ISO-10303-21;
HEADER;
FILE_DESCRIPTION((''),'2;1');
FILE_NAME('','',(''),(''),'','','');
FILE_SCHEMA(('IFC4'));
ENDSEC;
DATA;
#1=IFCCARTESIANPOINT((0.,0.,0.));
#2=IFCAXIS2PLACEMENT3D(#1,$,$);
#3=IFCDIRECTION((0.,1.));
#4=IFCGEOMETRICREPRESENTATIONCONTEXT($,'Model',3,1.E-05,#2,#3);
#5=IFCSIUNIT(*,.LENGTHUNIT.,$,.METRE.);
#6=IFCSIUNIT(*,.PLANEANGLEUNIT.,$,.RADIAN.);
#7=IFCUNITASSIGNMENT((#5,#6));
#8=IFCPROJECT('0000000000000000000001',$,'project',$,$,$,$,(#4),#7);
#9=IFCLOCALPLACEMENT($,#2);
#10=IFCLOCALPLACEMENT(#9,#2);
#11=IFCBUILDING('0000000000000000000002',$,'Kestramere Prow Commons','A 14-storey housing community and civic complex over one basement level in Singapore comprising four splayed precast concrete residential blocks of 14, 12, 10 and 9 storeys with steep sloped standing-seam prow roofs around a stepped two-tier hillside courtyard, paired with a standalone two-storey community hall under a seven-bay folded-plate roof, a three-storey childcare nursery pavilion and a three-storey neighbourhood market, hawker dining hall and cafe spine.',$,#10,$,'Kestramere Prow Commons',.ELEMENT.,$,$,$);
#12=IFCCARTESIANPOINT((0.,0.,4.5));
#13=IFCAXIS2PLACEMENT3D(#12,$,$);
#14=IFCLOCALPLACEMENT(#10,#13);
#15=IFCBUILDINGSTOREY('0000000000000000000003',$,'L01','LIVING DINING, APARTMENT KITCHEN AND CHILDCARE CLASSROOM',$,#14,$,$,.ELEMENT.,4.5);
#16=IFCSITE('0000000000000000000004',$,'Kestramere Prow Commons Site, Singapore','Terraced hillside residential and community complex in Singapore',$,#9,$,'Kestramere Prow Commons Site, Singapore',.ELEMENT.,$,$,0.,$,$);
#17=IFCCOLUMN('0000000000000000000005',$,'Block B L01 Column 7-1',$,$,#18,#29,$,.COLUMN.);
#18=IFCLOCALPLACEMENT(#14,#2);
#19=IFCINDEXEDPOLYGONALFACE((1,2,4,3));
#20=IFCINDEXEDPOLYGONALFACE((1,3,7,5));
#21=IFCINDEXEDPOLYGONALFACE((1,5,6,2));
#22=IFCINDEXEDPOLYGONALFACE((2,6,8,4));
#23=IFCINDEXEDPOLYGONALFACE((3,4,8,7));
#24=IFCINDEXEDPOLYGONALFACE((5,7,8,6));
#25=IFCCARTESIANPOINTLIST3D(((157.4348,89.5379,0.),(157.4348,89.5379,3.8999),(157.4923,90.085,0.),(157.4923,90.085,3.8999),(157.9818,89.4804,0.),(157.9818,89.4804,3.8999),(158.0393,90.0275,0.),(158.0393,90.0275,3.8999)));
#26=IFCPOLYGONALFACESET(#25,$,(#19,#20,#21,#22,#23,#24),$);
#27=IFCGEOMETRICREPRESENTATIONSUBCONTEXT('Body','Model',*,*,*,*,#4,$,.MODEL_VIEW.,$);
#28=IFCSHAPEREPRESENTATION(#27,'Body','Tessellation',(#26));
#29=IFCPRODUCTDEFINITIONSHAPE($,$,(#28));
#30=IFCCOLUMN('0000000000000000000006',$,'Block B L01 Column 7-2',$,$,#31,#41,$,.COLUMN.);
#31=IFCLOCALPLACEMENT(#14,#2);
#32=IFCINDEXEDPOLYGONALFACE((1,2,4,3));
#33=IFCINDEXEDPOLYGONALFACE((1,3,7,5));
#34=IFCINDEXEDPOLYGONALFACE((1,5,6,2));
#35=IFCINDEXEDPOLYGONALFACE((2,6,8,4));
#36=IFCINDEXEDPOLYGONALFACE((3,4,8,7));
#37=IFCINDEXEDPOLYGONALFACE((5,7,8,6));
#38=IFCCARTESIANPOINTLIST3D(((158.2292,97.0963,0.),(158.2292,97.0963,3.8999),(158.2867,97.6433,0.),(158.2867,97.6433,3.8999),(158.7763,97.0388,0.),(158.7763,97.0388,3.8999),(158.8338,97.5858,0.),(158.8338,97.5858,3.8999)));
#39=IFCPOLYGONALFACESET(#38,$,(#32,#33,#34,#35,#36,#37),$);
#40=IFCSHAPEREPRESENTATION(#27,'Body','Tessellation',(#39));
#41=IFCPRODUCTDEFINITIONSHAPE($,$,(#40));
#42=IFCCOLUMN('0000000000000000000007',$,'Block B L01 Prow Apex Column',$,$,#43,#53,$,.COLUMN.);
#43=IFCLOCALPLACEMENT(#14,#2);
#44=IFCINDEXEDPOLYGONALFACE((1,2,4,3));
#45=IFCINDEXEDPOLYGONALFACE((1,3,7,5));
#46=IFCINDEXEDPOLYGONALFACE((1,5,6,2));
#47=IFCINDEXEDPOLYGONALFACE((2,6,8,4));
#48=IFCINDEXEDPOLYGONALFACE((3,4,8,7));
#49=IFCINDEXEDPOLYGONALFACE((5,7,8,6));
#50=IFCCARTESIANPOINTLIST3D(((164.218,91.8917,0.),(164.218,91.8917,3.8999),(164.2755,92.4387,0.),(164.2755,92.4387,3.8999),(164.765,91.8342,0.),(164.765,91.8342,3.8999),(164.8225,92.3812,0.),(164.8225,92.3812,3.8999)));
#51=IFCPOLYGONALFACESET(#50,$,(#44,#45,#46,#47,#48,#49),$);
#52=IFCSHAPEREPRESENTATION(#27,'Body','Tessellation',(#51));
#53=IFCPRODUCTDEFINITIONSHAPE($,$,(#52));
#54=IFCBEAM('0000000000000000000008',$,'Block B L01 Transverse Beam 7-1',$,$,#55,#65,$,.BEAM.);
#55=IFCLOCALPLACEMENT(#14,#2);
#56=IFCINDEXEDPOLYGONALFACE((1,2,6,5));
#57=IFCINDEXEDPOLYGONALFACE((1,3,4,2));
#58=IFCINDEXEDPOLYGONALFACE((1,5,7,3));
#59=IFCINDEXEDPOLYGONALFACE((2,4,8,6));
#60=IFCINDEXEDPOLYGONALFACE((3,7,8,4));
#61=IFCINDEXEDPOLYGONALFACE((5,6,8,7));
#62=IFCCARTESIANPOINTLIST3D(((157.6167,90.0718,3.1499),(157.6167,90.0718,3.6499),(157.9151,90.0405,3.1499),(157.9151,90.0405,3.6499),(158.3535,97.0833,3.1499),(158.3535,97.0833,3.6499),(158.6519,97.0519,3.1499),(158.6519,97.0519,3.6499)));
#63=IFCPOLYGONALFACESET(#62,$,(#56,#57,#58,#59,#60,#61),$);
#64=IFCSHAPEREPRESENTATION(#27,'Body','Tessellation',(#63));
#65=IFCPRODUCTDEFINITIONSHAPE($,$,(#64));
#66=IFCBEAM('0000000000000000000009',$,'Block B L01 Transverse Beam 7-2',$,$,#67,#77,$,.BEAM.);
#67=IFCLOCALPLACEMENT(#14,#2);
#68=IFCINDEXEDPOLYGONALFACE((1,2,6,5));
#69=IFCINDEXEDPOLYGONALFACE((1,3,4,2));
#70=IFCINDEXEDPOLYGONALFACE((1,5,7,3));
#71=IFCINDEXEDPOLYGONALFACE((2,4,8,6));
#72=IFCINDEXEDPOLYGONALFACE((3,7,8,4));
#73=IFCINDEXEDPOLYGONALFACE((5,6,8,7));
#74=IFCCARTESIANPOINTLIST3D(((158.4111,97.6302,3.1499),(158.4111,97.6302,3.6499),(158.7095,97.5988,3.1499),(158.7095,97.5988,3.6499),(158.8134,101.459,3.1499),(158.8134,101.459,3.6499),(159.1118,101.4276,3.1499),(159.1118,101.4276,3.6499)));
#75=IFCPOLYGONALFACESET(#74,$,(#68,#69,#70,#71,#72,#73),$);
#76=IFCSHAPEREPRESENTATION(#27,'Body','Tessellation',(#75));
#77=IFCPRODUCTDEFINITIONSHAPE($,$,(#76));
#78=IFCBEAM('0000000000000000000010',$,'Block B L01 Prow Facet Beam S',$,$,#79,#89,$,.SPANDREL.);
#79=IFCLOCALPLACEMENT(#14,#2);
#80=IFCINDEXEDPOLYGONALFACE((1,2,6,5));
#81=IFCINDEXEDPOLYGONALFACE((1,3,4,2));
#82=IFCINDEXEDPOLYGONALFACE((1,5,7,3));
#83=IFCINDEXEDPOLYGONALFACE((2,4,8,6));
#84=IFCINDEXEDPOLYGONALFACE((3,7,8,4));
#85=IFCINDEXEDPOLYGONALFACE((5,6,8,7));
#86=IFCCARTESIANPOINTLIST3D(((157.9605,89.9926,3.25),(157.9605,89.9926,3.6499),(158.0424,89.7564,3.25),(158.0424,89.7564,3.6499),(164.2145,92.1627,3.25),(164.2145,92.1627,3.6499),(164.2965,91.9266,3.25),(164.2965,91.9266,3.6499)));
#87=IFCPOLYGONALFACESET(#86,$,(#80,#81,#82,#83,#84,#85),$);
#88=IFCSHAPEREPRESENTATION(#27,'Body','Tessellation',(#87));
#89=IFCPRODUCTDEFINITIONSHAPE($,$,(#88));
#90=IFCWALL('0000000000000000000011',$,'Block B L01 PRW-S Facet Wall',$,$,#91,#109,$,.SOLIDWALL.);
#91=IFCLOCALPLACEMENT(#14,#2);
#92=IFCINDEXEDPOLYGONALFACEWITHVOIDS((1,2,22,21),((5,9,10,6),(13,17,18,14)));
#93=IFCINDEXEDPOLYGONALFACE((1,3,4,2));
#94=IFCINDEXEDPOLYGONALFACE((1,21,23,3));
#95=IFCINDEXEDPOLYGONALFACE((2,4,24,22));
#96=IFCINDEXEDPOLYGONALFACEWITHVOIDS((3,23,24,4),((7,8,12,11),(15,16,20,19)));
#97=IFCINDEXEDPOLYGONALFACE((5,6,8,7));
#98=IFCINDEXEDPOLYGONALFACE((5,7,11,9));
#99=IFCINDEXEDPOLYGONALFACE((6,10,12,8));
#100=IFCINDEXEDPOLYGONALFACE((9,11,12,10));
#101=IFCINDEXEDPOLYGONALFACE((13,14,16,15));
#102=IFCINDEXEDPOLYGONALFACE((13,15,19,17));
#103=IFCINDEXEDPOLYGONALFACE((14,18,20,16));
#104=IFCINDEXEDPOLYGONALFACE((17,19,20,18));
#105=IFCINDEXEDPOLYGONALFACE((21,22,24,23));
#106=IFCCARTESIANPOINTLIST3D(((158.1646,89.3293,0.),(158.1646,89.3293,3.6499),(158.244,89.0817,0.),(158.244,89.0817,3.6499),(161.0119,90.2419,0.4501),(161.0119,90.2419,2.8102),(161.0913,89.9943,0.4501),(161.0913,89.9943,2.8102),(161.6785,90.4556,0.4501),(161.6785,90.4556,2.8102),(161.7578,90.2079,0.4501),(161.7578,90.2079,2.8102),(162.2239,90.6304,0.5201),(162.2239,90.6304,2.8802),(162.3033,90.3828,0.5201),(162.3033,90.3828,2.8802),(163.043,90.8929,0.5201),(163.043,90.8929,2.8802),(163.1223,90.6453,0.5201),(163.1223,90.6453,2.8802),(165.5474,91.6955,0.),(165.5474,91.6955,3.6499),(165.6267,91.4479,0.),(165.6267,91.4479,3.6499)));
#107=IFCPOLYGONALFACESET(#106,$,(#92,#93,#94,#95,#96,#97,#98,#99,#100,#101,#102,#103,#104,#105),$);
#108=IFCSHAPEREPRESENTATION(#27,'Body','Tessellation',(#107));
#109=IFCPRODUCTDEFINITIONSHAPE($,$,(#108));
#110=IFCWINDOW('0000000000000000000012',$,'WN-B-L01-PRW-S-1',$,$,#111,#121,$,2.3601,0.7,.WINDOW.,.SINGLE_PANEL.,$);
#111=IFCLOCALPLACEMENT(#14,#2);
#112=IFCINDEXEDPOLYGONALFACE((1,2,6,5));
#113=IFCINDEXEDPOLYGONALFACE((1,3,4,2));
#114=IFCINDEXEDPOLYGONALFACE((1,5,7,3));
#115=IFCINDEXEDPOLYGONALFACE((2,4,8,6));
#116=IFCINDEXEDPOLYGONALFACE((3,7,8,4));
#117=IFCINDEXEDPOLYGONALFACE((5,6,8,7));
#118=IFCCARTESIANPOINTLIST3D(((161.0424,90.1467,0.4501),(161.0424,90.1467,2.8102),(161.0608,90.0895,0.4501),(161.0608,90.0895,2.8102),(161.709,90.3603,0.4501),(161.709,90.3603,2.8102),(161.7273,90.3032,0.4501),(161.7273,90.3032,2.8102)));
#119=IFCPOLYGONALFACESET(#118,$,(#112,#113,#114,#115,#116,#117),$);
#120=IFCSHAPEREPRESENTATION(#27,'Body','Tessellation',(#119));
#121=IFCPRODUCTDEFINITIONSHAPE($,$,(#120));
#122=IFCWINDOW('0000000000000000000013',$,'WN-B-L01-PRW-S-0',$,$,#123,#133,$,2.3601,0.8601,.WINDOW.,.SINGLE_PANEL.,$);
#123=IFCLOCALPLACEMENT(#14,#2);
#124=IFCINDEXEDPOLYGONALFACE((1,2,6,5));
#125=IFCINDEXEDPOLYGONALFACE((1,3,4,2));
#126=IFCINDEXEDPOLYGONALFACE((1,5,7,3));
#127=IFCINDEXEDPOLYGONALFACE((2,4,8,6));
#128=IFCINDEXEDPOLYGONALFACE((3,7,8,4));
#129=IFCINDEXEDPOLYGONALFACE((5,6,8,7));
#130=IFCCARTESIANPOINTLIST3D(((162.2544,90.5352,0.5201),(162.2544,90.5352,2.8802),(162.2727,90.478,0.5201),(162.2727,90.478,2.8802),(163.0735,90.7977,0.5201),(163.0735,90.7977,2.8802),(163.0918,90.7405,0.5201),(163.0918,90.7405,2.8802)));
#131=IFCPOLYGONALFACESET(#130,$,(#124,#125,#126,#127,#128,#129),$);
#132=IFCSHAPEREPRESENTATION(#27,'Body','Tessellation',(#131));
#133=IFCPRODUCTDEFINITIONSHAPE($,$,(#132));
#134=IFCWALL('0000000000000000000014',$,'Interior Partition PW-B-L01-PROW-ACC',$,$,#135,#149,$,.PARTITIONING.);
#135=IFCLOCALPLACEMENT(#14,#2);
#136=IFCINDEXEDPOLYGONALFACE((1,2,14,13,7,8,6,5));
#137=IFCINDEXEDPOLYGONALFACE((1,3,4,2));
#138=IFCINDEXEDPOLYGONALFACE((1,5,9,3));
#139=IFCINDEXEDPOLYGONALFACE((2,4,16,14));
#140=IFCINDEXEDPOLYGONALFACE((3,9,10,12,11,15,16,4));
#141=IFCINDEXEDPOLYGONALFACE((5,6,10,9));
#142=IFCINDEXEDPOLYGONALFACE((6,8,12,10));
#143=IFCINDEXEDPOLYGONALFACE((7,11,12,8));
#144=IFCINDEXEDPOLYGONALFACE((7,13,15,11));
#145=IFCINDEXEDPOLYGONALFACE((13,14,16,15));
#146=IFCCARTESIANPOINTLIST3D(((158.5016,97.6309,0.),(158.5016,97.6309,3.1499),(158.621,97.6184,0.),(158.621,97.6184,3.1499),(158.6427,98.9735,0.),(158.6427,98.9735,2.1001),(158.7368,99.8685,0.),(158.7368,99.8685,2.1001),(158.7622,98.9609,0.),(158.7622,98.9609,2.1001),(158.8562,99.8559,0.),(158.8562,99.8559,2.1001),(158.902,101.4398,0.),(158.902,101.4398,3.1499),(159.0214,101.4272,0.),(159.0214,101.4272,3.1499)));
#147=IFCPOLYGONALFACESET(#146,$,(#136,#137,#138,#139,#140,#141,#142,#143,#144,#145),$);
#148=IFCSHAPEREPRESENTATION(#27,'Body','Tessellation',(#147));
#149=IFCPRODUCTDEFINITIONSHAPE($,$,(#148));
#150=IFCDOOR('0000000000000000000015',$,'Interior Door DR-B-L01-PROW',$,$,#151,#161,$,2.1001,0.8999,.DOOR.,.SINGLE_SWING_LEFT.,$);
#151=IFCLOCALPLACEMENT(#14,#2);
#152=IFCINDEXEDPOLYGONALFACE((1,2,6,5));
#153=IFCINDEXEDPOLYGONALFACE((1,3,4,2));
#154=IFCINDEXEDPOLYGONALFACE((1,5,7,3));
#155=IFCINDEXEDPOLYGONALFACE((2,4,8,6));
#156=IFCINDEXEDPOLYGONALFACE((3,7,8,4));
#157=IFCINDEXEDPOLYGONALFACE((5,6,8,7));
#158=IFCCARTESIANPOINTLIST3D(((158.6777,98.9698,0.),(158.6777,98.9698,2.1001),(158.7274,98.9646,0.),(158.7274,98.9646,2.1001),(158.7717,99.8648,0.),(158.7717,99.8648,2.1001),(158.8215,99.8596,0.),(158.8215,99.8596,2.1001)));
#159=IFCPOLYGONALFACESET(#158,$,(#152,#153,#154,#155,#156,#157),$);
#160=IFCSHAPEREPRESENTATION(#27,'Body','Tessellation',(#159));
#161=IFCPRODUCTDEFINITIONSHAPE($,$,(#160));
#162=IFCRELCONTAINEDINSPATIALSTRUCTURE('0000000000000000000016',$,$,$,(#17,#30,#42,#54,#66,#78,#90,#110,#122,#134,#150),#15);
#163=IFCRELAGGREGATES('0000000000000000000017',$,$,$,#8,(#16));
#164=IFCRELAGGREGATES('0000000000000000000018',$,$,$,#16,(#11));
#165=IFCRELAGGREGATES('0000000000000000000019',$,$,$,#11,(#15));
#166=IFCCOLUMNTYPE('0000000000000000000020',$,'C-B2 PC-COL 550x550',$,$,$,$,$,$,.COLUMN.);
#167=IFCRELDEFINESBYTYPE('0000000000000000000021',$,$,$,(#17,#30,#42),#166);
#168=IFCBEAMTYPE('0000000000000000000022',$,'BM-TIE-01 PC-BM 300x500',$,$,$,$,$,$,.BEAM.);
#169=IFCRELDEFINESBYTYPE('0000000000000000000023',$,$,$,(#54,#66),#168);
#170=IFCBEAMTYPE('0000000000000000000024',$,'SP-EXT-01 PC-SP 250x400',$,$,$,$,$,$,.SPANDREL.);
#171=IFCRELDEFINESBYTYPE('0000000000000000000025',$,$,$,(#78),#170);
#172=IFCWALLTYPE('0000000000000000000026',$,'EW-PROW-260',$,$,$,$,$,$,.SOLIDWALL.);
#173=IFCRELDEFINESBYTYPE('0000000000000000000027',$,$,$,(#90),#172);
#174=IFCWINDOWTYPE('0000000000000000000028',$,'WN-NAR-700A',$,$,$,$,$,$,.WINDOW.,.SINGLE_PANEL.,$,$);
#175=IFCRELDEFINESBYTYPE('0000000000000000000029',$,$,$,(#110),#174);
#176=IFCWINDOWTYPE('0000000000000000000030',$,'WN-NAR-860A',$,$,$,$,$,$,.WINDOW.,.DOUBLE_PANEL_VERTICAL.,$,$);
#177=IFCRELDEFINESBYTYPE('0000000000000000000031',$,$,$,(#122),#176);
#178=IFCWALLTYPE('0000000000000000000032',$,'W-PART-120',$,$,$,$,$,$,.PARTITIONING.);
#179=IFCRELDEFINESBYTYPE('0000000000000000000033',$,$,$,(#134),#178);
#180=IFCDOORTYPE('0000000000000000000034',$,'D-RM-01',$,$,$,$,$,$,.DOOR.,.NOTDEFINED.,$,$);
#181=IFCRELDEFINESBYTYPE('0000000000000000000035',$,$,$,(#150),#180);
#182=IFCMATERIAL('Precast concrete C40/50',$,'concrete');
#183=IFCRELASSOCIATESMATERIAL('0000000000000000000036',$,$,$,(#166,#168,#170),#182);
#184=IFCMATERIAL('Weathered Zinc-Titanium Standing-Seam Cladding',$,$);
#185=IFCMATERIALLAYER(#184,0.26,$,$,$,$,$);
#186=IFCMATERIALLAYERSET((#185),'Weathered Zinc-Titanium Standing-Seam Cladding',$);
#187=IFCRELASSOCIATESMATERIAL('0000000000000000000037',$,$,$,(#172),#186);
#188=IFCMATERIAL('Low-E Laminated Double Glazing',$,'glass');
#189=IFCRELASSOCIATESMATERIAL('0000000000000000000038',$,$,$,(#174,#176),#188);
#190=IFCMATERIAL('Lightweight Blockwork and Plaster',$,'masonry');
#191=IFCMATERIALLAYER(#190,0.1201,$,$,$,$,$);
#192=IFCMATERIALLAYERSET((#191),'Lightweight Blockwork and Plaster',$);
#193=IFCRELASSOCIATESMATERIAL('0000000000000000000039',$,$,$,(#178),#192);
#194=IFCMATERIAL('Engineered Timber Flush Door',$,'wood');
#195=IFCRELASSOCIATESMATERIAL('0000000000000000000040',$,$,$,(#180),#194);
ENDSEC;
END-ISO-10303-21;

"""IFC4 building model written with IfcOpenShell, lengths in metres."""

from ifc_helpers import new_model, si_unit, direction, frame, frame_2d, origin, origin_2d, place, context, subcontext, project, spatial, rectangle, extrude, material, layer, layer_set, material_profile, profile_set, type_object, element, fill, save


model = new_model("IFC4")

# Units and contexts
model_context = context("Model", 3, precision=1e-05, world=origin(), true_north=direction((0.0, 1.0)))
body_context = subcontext(model_context, "Body", "Model", "MODEL_VIEW")
ifc_project = project(units=[si_unit("LENGTHUNIT", "METRE"), si_unit("PLANEANGLEUNIT", "RADIAN")], contexts=[model_context])

# Site, building, storey
site_placement = place(None, origin())
site = spatial("IfcSite", under=ifc_project, at=site_placement, Name="Kestramere Prow Commons Site, Singapore", Description="Terraced hillside residential and community complex in Singapore", LongName="Kestramere Prow Commons Site, Singapore", CompositionType="ELEMENT", RefElevation=0.0)
building_placement = place(site_placement, origin())
building = spatial("IfcBuilding", under=site, at=building_placement, Name="Kestramere Prow Commons", Description="A 14-storey housing community and civic complex over one basement level in Singapore comprising four splayed precast concrete residential blocks of 14, 12, 10 and 9 storeys with steep sloped standing-seam prow roofs around a stepped two-tier hillside courtyard, paired with a standalone two-storey community hall under a seven-bay folded-plate roof, a three-storey childcare nursery pavilion and a three-storey neighbourhood market, hawker dining hall and cafe spine.", LongName="Kestramere Prow Commons", CompositionType="ELEMENT")
storey_placement = place(building_placement, frame((0.0, 0.0, 4.5)))
storey = spatial("IfcBuildingStorey", under=building, at=storey_placement, Name="L01", Description="LIVING DINING, APARTMENT KITCHEN AND CHILDCARE CLASSROOM", CompositionType="ELEMENT", Elevation=4.5)

# Columns
ifc_material_1 = material(Name="Precast concrete C40/50", Category="concrete")
ifc_material_profile_1 = material_profile(ifc_material_1, rectangle(XDim=0.55, YDim=0.55, at=origin_2d()), Name="PC-COL 550x550")
ifc_profile_set_1 = profile_set([ifc_material_profile_1], Name="Precast concrete C40/50")
column_type = type_object("IfcColumnType", Name="C-B2 PC-COL 550x550", PredefinedType="COLUMN", material=ifc_profile_set_1)
for number, where, z_axis, x_axis, name in (
    (1, (157.7371, 89.7827, 0.0), (0.0, 0.0, 1.0), (0.994522, -0.104528, 0.0), "Block B L01 Column 7-1"),
    (2, (158.5315, 97.3411, 0.0), (0.0, 0.0, 1.0), (0.994522, -0.104528, 0.0), "Block B L01 Column 7-2"),
    (3, (164.5203, 92.1365, 0.0), (0.0, 0.0, 1.0), (0.994522, -0.104528, 0.0), "Block B L01 Prow Apex Column"),
):
    element("IfcColumn", number, at=place(storey_placement, frame(where, z_axis=z_axis, x_axis=x_axis)), inside=storey, type_object=column_type, Name=name, PredefinedType="COLUMN", context=body_context, shape_type="SweptSolid", body=[
        extrude(rectangle(XDim=0.55, YDim=0.55, at=origin_2d()), origin(), (0.0, 0.0, 1.0), 3.8999),
    ])

# Beams
ifc_material_profile_2 = material_profile(ifc_material_1, rectangle(XDim=0.3, YDim=0.5, at=origin_2d()), Name="PC-BM 300x500")
ifc_profile_set_2 = profile_set([ifc_material_profile_2], Name="Precast concrete C40/50")
beam_type_1 = type_object("IfcBeamType", Name="BM-TIE-01 PC-BM 300x500", PredefinedType="BEAM", material=ifc_profile_set_2)
beam_1_placement = place(storey_placement, frame((157.7659, 90.0562, 3.3999), z_axis=(0.104512, 0.994524, 0.0), x_axis=(-0.994524, 0.104512, 0.0)))
element("IfcBeam", 4, at=beam_1_placement, inside=storey, type_object=beam_type_1, Name="Block B L01 Transverse Beam 7-1", PredefinedType="BEAM", context=body_context, shape_type="SweptSolid", body=[
    extrude(rectangle(XDim=0.3, YDim=0.5, at=origin_2d()), origin(), (0.0, 0.0, 1.0), 7.05),
])
beam_2_placement = place(storey_placement, frame((158.5603, 97.6145, 3.3999), z_axis=(0.104507, 0.994524, 0.0), x_axis=(-0.994524, 0.104507, 0.0)))
element("IfcBeam", 5, at=beam_2_placement, inside=storey, type_object=beam_type_1, Name="Block B L01 Transverse Beam 7-2", PredefinedType="BEAM", context=body_context, shape_type="SweptSolid", body=[
    extrude(rectangle(XDim=0.3, YDim=0.5, at=origin_2d()), origin(), (0.0, 0.0, 1.0), 3.8499),
])
ifc_material_profile_3 = material_profile(ifc_material_1, rectangle(XDim=0.25, YDim=0.3999, at=origin_2d()), Name="PC-SP 250x400")
ifc_profile_set_3 = profile_set([ifc_material_profile_3], Name="Precast concrete C40/50")
beam_type_2 = type_object("IfcBeamType", Name="SP-EXT-01 PC-SP 250x400", PredefinedType="SPANDREL", material=ifc_profile_set_3)
beam_3_placement = place(storey_placement, frame((158.0015, 89.8745, 3.45), z_axis=(0.94474, 0.327821, 0.0), x_axis=(-0.327821, 0.94474, 0.0)))
element("IfcBeam", 6, at=beam_3_placement, inside=storey, type_object=beam_type_2, Name="Block B L01 Prow Facet Beam S", PredefinedType="SPANDREL", context=body_context, shape_type="SweptSolid", body=[
    extrude(rectangle(XDim=0.25, YDim=0.3999, at=origin_2d()), origin(), (0.0, 0.0, 1.0), 6.6199),
])

# Wall, openings, windows
ifc_material_2 = material(Name="Weathered Zinc-Titanium Standing-Seam Cladding")
ifc_layer_1 = layer(ifc_material_2, 0.26)
ifc_layer_set_1 = layer_set([ifc_layer_1], Name="Weathered Zinc-Titanium Standing-Seam Cladding")
wall_type_1 = type_object("IfcWallType", Name="EW-PROW-260", PredefinedType="SOLIDWALL", material=ifc_layer_set_1)
wall_1_placement = place(storey_placement, frame((165.5872, 91.5718, 0.0), z_axis=(0.0, 0.0, 1.0), x_axis=(-0.952285, -0.30521, 0.0)))
wall_1 = element("IfcWall", 7, at=wall_1_placement, inside=storey, type_object=wall_type_1, Name="Block B L01 PRW-S Facet Wall", PredefinedType="SOLIDWALL", context=body_context, shape_type="SweptSolid", body=[
    extrude(rectangle(XDim=7.7527, YDim=0.26, at=frame_2d((3.8765, 0.0))), origin(), (0.0, 0.0, 1.0), 3.6499),
])
opening_1_placement = place(wall_1_placement, frame((2.6299, 0.0, 0.52)))
opening_1 = element("IfcOpeningElement", 8, at=opening_1_placement, cuts=wall_1, PredefinedType="OPENING", context=body_context, shape_type="SweptSolid", body=[
    extrude(rectangle(XDim=0.8601, YDim=2.3601, at=frame_2d((0.4302, 1.1802))), frame((0.0, 0.145, 0.0), z_axis=(0.0, -1.0, 0.0), x_axis=(1.0, 0.0, 0.0)), (0.0, 0.0, 1.0), 0.29),
])
opening_2_placement = place(wall_1_placement, frame((4.0627, 0.0, 0.45)))
opening_2 = element("IfcOpeningElement", 9, at=opening_2_placement, cuts=wall_1, PredefinedType="OPENING", context=body_context, shape_type="SweptSolid", body=[
    extrude(rectangle(XDim=0.7, YDim=2.3601, at=frame_2d((0.3501, 1.1802))), frame((0.0, 0.145, 0.0), z_axis=(0.0, -1.0, 0.0), x_axis=(1.0, 0.0, 0.0)), (0.0, 0.0, 1.0), 0.29),
])
ifc_material_3 = material(Name="Low-E Laminated Double Glazing", Category="glass")
window_type_1 = type_object("IfcWindowType", Name="WN-NAR-700A", PartitioningType="SINGLE_PANEL", PredefinedType="WINDOW", material=ifc_material_3)
window_1_placement = place(opening_2_placement, origin())
window_1 = element("IfcWindow", 10, at=window_1_placement, inside=storey, type_object=window_type_1, Name="WN-B-L01-PRW-S-1", OverallHeight=2.3601, OverallWidth=0.7, PartitioningType="SINGLE_PANEL", PredefinedType="WINDOW", context=body_context, shape_type="SweptSolid", body=[
    extrude(rectangle(XDim=0.7, YDim=2.3601, at=frame_2d((0.3501, 1.1802))), frame((0.0, 0.03, 0.0), z_axis=(0.0, -1.0, 0.0), x_axis=(1.0, 0.0, 0.0)), (0.0, 0.0, 1.0), 0.0601),
])
fill(opening_2, window_1)
window_type_2 = type_object("IfcWindowType", Name="WN-NAR-860A", PartitioningType="DOUBLE_PANEL_VERTICAL", PredefinedType="WINDOW", material=ifc_material_3)
window_2_placement = place(opening_1_placement, origin())
window_2 = element("IfcWindow", 11, at=window_2_placement, inside=storey, type_object=window_type_2, Name="WN-B-L01-PRW-S-0", OverallHeight=2.3601, OverallWidth=0.8601, PartitioningType="SINGLE_PANEL", PredefinedType="WINDOW", context=body_context, shape_type="SweptSolid", body=[
    extrude(rectangle(XDim=0.8601, YDim=2.3601, at=frame_2d((0.4302, 1.1802))), frame((0.0, 0.03, 0.0), z_axis=(0.0, -1.0, 0.0), x_axis=(1.0, 0.0, 0.0)), (0.0, 0.0, 1.0), 0.0601),
])
fill(opening_1, window_2)

# Wall, opening, door
ifc_material_4 = material(Name="Lightweight Blockwork and Plaster", Category="masonry")
ifc_layer_2 = layer(ifc_material_4, 0.1201)
ifc_layer_set_2 = layer_set([ifc_layer_2], Name="Lightweight Blockwork and Plaster")
wall_type_2 = type_object("IfcWallType", Name="W-PART-120", PredefinedType="PARTITIONING", material=ifc_layer_set_2)
wall_2_placement = place(storey_placement, frame((158.5613, 97.6245, 0.0), z_axis=(0.0, 0.0, 1.0), x_axis=(0.104545, 0.99452, 0.0)))
wall_2 = element("IfcWall", 12, at=wall_2_placement, inside=storey, type_object=wall_type_2, Name="Interior Partition PW-B-L01-PROW-ACC", PredefinedType="PARTITIONING", context=body_context, shape_type="SweptSolid", body=[
    extrude(rectangle(XDim=3.8298, YDim=0.1201, at=frame_2d((1.915, 0.0))), origin(), (0.0, 0.0, 1.0), 3.1499),
])
opening_3_placement = place(wall_2_placement, frame((1.3501, 0.0, 0.0)))
opening_3 = element("IfcOpeningElement", 13, at=opening_3_placement, cuts=wall_2, PredefinedType="OPENING", context=body_context, shape_type="SweptSolid", body=[
    extrude(rectangle(XDim=0.8999, YDim=2.1001, at=frame_2d((0.45, 1.05))), frame((0.0, 0.075, 0.0), z_axis=(0.0, -1.0, 0.0), x_axis=(1.0, 0.0, 0.0)), (0.0, 0.0, 1.0), 0.1501),
])
ifc_material_5 = material(Name="Engineered Timber Flush Door", Category="wood")
door_type_1 = type_object("IfcDoorType", Name="D-RM-01", OperationType="NOTDEFINED", PredefinedType="DOOR", material=ifc_material_5)
door_1_placement = place(opening_3_placement, origin())
door_1 = element("IfcDoor", 14, at=door_1_placement, inside=storey, type_object=door_type_1, Name="Interior Door DR-B-L01-PROW", OperationType="SINGLE_SWING_LEFT", OverallHeight=2.1001, OverallWidth=0.8999, PredefinedType="DOOR", context=body_context, shape_type="SweptSolid", body=[
    extrude(rectangle(XDim=0.8999, YDim=2.1001, at=frame_2d((0.45, 1.05))), frame((0.0, 0.0249, 0.0), z_axis=(0.0, -1.0, 0.0), x_axis=(1.0, 0.0, 0.0)), (0.0, 0.0, 1.0), 0.05),
])
fill(opening_3, door_1)

save(model, "model.ifc")
